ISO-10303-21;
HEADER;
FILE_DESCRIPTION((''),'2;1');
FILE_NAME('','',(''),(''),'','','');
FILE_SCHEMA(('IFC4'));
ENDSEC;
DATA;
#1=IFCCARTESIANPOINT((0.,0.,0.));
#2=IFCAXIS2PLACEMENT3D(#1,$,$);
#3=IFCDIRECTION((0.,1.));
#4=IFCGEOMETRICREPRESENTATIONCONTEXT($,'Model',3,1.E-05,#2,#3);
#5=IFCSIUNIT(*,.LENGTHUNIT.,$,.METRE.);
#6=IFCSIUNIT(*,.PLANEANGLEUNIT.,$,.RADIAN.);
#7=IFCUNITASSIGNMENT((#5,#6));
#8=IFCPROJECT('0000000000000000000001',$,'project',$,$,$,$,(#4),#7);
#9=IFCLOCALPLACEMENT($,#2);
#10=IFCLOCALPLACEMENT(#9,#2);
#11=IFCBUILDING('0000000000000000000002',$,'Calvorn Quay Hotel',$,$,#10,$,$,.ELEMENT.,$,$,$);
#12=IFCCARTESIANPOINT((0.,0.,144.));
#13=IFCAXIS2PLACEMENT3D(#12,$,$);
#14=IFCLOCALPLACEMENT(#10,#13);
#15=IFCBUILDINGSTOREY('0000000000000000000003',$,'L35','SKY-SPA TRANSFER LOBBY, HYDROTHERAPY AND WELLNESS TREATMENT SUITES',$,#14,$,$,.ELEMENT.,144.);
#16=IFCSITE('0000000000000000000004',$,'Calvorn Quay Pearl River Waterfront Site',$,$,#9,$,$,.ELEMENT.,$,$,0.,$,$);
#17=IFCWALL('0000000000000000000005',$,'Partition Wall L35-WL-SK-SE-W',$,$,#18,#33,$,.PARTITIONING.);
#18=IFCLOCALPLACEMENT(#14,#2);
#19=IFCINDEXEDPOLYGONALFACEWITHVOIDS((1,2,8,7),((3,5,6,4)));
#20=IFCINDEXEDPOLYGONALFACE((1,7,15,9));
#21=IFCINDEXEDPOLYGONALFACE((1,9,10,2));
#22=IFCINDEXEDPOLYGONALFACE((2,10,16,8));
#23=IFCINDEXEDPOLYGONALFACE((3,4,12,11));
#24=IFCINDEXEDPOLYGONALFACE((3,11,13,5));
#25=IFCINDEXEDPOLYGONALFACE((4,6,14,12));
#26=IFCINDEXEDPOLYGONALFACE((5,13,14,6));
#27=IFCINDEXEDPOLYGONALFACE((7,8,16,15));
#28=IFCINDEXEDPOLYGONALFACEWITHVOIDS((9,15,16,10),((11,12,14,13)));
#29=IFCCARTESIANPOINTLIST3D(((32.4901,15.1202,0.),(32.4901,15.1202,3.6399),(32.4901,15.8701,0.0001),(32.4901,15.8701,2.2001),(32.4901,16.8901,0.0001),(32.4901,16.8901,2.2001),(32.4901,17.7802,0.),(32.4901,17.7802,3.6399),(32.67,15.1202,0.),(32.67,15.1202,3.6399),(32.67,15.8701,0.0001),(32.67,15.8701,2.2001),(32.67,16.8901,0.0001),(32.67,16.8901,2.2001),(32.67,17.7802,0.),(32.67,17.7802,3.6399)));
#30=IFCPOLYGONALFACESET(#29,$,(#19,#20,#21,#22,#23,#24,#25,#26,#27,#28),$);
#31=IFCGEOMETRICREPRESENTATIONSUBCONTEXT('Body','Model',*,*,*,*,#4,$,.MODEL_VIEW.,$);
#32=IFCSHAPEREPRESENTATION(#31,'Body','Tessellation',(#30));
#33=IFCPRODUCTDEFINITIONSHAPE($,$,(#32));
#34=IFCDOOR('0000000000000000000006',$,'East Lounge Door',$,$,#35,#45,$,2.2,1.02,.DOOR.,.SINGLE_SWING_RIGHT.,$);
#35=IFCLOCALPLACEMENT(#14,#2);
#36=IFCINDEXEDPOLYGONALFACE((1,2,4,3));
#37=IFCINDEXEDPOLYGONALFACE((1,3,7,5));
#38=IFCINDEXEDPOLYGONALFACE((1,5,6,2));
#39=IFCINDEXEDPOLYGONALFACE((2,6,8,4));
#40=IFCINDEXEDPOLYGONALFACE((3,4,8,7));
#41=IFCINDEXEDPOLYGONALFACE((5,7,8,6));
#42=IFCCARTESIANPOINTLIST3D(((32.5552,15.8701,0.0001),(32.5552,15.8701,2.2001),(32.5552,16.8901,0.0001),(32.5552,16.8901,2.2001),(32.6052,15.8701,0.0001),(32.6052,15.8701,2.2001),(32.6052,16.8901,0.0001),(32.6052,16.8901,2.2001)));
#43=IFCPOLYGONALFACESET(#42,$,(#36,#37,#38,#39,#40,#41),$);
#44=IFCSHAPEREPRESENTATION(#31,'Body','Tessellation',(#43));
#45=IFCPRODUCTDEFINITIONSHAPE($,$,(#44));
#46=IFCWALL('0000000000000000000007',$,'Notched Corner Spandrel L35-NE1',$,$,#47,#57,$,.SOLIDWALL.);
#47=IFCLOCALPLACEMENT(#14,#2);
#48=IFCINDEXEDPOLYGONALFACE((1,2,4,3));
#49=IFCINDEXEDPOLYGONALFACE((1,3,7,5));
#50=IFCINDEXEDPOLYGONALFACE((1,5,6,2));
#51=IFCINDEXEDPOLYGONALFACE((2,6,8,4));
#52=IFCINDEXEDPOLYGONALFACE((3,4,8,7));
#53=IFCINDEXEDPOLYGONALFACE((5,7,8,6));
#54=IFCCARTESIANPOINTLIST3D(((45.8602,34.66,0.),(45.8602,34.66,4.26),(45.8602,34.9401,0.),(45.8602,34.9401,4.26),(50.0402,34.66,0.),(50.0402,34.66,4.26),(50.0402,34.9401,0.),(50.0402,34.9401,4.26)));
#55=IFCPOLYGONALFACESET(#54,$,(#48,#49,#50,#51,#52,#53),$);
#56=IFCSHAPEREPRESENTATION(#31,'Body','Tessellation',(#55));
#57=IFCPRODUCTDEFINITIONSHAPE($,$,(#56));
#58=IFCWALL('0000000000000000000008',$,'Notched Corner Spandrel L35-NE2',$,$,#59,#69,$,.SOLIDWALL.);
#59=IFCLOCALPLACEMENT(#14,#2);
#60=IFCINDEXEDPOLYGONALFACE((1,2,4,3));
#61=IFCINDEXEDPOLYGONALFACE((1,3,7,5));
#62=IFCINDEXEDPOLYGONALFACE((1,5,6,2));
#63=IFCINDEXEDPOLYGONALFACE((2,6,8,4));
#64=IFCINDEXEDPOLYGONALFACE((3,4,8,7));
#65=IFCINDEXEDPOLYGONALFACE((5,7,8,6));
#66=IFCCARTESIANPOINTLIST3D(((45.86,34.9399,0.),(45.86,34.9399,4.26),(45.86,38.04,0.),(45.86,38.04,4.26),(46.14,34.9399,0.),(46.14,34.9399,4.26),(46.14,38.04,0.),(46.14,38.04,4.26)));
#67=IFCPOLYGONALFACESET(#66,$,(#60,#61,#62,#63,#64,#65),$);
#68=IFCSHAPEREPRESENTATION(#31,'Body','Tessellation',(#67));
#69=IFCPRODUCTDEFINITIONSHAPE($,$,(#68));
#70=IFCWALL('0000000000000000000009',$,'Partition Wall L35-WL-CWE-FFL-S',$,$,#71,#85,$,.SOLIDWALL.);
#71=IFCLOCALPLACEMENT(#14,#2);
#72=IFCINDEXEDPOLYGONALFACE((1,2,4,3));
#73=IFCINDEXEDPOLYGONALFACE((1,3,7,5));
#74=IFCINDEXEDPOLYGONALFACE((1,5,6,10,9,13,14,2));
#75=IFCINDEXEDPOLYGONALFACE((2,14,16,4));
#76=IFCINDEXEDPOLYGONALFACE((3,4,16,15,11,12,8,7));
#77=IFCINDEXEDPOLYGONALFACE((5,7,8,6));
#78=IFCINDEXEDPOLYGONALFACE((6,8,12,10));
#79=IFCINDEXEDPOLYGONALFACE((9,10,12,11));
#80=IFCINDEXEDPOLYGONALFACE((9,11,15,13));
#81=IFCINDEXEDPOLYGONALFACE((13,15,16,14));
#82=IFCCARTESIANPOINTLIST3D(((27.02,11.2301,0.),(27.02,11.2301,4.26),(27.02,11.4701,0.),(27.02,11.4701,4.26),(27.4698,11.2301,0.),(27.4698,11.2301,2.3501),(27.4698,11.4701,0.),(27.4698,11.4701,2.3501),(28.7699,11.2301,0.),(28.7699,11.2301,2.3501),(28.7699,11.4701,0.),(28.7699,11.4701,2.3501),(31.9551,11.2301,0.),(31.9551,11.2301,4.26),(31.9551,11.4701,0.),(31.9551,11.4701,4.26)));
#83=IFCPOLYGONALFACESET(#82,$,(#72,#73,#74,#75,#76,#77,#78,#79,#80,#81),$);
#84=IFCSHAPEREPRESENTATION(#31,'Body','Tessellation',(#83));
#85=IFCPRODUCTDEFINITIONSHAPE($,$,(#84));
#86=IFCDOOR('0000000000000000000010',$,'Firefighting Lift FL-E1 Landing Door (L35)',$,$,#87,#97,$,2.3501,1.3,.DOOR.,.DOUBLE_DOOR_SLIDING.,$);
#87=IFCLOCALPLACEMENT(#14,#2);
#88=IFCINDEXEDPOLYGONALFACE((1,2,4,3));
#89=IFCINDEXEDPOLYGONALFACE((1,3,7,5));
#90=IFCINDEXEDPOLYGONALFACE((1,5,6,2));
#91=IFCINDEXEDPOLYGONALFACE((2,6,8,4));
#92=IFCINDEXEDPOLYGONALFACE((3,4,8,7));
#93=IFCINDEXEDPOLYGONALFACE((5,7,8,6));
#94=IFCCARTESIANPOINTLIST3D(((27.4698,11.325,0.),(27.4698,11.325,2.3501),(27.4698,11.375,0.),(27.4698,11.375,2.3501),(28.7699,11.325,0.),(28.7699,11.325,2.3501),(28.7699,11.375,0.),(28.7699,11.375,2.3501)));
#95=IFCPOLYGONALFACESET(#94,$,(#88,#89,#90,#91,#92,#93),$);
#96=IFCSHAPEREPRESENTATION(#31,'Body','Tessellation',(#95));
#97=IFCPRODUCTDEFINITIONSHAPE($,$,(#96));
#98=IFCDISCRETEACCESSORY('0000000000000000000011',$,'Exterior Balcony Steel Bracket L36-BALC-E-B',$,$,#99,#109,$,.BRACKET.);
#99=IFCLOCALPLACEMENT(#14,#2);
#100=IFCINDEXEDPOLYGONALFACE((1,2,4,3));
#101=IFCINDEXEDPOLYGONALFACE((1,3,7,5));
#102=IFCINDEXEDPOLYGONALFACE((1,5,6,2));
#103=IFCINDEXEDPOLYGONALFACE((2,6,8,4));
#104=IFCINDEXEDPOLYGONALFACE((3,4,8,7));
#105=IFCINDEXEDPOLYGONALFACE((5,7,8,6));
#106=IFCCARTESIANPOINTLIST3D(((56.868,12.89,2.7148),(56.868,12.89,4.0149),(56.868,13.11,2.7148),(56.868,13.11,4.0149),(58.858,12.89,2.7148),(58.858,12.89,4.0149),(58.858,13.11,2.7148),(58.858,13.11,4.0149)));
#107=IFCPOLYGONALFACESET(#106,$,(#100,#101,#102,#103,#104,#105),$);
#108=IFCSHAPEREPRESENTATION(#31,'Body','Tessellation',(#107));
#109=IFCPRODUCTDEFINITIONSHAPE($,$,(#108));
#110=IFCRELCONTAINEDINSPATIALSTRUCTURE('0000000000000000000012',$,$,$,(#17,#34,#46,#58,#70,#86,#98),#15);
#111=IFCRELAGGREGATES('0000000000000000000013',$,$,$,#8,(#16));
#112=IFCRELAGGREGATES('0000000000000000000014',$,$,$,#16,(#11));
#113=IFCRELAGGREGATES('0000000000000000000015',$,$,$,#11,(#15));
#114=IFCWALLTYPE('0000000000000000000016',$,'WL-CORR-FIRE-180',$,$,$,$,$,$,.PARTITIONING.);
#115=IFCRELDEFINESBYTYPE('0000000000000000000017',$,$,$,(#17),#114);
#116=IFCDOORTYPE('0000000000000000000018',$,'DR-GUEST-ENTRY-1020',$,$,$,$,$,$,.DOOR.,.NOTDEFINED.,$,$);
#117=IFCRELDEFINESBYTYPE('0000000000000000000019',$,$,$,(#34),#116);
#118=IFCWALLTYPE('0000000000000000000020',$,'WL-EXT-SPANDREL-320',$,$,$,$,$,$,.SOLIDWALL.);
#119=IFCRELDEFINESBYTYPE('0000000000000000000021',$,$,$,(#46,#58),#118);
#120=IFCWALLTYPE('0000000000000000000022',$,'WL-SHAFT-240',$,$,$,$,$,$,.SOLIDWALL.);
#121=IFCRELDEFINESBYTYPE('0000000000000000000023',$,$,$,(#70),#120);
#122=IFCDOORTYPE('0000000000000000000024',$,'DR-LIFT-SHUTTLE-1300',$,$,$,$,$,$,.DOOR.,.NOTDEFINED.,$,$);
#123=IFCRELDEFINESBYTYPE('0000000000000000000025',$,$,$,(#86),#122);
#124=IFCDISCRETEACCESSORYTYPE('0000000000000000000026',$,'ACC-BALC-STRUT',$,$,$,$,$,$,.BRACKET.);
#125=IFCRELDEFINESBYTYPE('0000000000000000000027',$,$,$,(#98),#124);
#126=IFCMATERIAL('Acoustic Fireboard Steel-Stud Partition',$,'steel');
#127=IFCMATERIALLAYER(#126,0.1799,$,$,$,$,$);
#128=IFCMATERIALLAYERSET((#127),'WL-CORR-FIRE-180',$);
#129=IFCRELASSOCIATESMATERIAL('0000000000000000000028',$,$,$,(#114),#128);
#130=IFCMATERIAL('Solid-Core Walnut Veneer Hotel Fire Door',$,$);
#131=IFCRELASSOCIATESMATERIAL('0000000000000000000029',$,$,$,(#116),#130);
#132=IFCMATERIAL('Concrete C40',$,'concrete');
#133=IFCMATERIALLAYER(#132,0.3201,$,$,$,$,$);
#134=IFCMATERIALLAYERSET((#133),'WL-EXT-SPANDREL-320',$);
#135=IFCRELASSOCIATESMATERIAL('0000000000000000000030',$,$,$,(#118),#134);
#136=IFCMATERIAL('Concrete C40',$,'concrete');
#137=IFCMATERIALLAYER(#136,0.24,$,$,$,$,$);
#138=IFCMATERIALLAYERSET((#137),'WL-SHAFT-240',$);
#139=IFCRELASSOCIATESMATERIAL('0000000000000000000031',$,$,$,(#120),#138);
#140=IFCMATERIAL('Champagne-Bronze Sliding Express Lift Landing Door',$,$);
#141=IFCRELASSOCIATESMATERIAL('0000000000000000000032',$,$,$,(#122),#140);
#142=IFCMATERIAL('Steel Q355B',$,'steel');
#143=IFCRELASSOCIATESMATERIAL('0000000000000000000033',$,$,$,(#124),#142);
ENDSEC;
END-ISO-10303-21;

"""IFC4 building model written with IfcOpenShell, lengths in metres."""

from ifc_helpers import new_model, si_unit, direction, frame, frame_2d, origin, origin_2d, place, context, subcontext, project, spatial, rectangle, extrude, material, layer, layer_set, type_object, element, fill, save


model = new_model("IFC4")

# Units and contexts
model_context = context("Model", 3, precision=1e-05, world=origin(), true_north=direction((0.0, 1.0)))
body_context = subcontext(model_context, "Body", "Model", "MODEL_VIEW")
ifc_project = project(units=[si_unit("LENGTHUNIT", "METRE"), si_unit("PLANEANGLEUNIT", "RADIAN")], contexts=[model_context])

# Site, building, storey
site_placement = place(None, origin())
site = spatial("IfcSite", under=ifc_project, at=site_placement, Name="Calvorn Quay Pearl River Waterfront Site", CompositionType="ELEMENT", RefElevation=0.0)
building_placement = place(site_placement, origin())
building = spatial("IfcBuilding", under=site, at=building_placement, Name="Calvorn Quay Hotel", CompositionType="ELEMENT")
storey_placement = place(building_placement, frame((0.0, 0.0, 144.0)))
storey = spatial("IfcBuildingStorey", under=building, at=storey_placement, Name="L35", Description="SKY-SPA TRANSFER LOBBY, HYDROTHERAPY AND WELLNESS TREATMENT SUITES", CompositionType="ELEMENT", Elevation=144.0)

# Wall, opening, door
ifc_material_1 = material(Name="Acoustic Fireboard Steel-Stud Partition", Category="steel")
ifc_layer_1 = layer(ifc_material_1, 0.1799)
ifc_layer_set_1 = layer_set([ifc_layer_1], Name="WL-CORR-FIRE-180")
wall_type_1 = type_object("IfcWallType", Name="WL-CORR-FIRE-180", PredefinedType="PARTITIONING", material=ifc_layer_set_1)
wall_1_placement = place(storey_placement, frame((32.5801, 15.1201, 0.0), z_axis=(0.0, 0.0, 1.0), x_axis=(0.0, 1.0, 0.0)))
wall_1 = element("IfcWall", 1, at=wall_1_placement, inside=storey, type_object=wall_type_1, Name="Partition Wall L35-WL-SK-SE-W", PredefinedType="PARTITIONING", context=body_context, shape_type="SweptSolid", body=[
    extrude(rectangle(XDim=2.6599, YDim=0.1799, at=frame_2d((1.3301, 0.0))), origin(), (0.0, 0.0, 1.0), 3.6399),
])
opening_1_placement = place(wall_1_placement, frame((0.75, 0.0, 0.0)))
opening_1 = element("IfcOpeningElement", 2, at=opening_1_placement, cuts=wall_1, PredefinedType="OPENING", context=body_context, shape_type="SweptSolid", body=[
    extrude(rectangle(XDim=1.02, YDim=2.2, at=frame_2d((0.51, 1.1001))), frame((0.0, 0.0999, 0.0), z_axis=(0.0, -1.0, 0.0), x_axis=(1.0, 0.0, 0.0)), (0.0, 0.0, 1.0), 0.2),
])
ifc_material_2 = material(Name="Solid-Core Walnut Veneer Hotel Fire Door")
door_type_1 = type_object("IfcDoorType", Name="DR-GUEST-ENTRY-1020", OperationType="NOTDEFINED", PredefinedType="DOOR", material=ifc_material_2)
door_1_placement = place(opening_1_placement, origin())
door_1 = element("IfcDoor", 3, at=door_1_placement, inside=storey, type_object=door_type_1, Name="East Lounge Door", OperationType="SINGLE_SWING_RIGHT", OverallHeight=2.2, OverallWidth=1.02, PredefinedType="DOOR", context=body_context, shape_type="SweptSolid", body=[
    extrude(rectangle(XDim=1.02, YDim=2.2, at=frame_2d((0.51, 1.1001))), frame((0.0, 0.0249, 0.0), z_axis=(0.0, -1.0, 0.0), x_axis=(1.0, 0.0, 0.0)), (0.0, 0.0, 1.0), 0.05),
])
fill(opening_1, door_1)

# Walls
ifc_material_3 = material(Name="Concrete C40", Category="concrete")
ifc_layer_2 = layer(ifc_material_3, 0.3201)
ifc_layer_set_2 = layer_set([ifc_layer_2], Name="WL-EXT-SPANDREL-320")
wall_type_2 = type_object("IfcWallType", Name="WL-EXT-SPANDREL-320", PredefinedType="SOLIDWALL", material=ifc_layer_set_2)
wall_2_placement = place(storey_placement, frame((50.04, 34.8, 0.0), z_axis=(0.0, 0.0, 1.0), x_axis=(-1.0, 0.0, 0.0)))
element("IfcWall", 4, at=wall_2_placement, inside=storey, type_object=wall_type_2, Name="Notched Corner Spandrel L35-NE1", PredefinedType="SOLIDWALL", context=body_context, shape_type="SweptSolid", body=[
    extrude(rectangle(XDim=4.1799, YDim=0.28, at=frame_2d((2.0898, 0.0))), origin(), (0.0, 0.0, 1.0), 4.26),
])
wall_3_placement = place(storey_placement, frame((46.0, 34.9399, 0.0), z_axis=(0.0, 0.0, 1.0), x_axis=(0.0, 1.0, 0.0)))
element("IfcWall", 5, at=wall_3_placement, inside=storey, type_object=wall_type_2, Name="Notched Corner Spandrel L35-NE2", PredefinedType="SOLIDWALL", context=body_context, shape_type="SweptSolid", body=[
    extrude(rectangle(XDim=3.1001, YDim=0.28, at=frame_2d((1.55, 0.0))), origin(), (0.0, 0.0, 1.0), 4.26),
])

# Wall, opening, door
ifc_material_4 = material(Name="Concrete C40", Category="concrete")
ifc_layer_3 = layer(ifc_material_4, 0.24)
ifc_layer_set_3 = layer_set([ifc_layer_3], Name="WL-SHAFT-240")
wall_type_3 = type_object("IfcWallType", Name="WL-SHAFT-240", PredefinedType="SOLIDWALL", material=ifc_layer_set_3)
wall_4_placement = place(storey_placement, frame((27.02, 11.3501, 0.0), z_axis=(0.0, 0.0, 1.0), x_axis=(1.0, 0.0, 0.0)))
wall_4 = element("IfcWall", 6, at=wall_4_placement, inside=storey, type_object=wall_type_3, Name="Partition Wall L35-WL-CWE-FFL-S", PredefinedType="SOLIDWALL", context=body_context, shape_type="SweptSolid", body=[
    extrude(rectangle(XDim=4.9351, YDim=0.24, at=frame_2d((2.4675, 0.0))), origin(), (0.0, 0.0, 1.0), 4.26),
])
opening_2_placement = place(wall_4_placement, frame((0.45, 0.0, 0.0)))
opening_2 = element("IfcOpeningElement", 7, at=opening_2_placement, cuts=wall_4, PredefinedType="OPENING", context=body_context, shape_type="SweptSolid", body=[
    extrude(rectangle(XDim=1.3, YDim=2.3501, at=frame_2d((0.6499, 1.175))), frame((0.0, 0.1299, 0.0), z_axis=(0.0, -1.0, 0.0), x_axis=(1.0, 0.0, 0.0)), (0.0, 0.0, 1.0), 0.26),
])
ifc_material_5 = material(Name="Champagne-Bronze Sliding Express Lift Landing Door")
door_type_2 = type_object("IfcDoorType", Name="DR-LIFT-SHUTTLE-1300", OperationType="NOTDEFINED", PredefinedType="DOOR", material=ifc_material_5)
door_2_placement = place(opening_2_placement, origin())
door_2 = element("IfcDoor", 8, at=door_2_placement, inside=storey, type_object=door_type_2, Name="Firefighting Lift FL-E1 Landing Door (L35)", OperationType="DOUBLE_DOOR_SLIDING", OverallHeight=2.3501, OverallWidth=1.3, PredefinedType="DOOR", context=body_context, shape_type="SweptSolid", body=[
    extrude(rectangle(XDim=1.3, YDim=2.3501, at=frame_2d((0.6499, 1.175))), frame((0.0, 0.0249, 0.0), z_axis=(0.0, -1.0, 0.0), x_axis=(1.0, 0.0, 0.0)), (0.0, 0.0, 1.0), 0.05),
])
fill(opening_2, door_2)

# Discrete accessory
ifc_material_6 = material(Name="Steel Q355B", Category="steel")
discrete_accessory_type = type_object("IfcDiscreteAccessoryType", Name="ACC-BALC-STRUT", PredefinedType="BRACKET", material=ifc_material_6)
discrete_accessory_placement = place(storey_placement, frame((57.863, 13.0, 2.7148), z_axis=(0.0, 0.0, 1.0), x_axis=(1.0, 0.0, 0.0)))
element("IfcDiscreteAccessory", 9, at=discrete_accessory_placement, inside=storey, type_object=discrete_accessory_type, Name="Exterior Balcony Steel Bracket L36-BALC-E-B", PredefinedType="BRACKET", context=body_context, shape_type="SweptSolid", body=[
    extrude(rectangle(XDim=1.99, YDim=0.22, at=origin_2d()), origin(), (0.0, 0.0, 1.0), 1.3),
])

save(model, "model.ifc")
